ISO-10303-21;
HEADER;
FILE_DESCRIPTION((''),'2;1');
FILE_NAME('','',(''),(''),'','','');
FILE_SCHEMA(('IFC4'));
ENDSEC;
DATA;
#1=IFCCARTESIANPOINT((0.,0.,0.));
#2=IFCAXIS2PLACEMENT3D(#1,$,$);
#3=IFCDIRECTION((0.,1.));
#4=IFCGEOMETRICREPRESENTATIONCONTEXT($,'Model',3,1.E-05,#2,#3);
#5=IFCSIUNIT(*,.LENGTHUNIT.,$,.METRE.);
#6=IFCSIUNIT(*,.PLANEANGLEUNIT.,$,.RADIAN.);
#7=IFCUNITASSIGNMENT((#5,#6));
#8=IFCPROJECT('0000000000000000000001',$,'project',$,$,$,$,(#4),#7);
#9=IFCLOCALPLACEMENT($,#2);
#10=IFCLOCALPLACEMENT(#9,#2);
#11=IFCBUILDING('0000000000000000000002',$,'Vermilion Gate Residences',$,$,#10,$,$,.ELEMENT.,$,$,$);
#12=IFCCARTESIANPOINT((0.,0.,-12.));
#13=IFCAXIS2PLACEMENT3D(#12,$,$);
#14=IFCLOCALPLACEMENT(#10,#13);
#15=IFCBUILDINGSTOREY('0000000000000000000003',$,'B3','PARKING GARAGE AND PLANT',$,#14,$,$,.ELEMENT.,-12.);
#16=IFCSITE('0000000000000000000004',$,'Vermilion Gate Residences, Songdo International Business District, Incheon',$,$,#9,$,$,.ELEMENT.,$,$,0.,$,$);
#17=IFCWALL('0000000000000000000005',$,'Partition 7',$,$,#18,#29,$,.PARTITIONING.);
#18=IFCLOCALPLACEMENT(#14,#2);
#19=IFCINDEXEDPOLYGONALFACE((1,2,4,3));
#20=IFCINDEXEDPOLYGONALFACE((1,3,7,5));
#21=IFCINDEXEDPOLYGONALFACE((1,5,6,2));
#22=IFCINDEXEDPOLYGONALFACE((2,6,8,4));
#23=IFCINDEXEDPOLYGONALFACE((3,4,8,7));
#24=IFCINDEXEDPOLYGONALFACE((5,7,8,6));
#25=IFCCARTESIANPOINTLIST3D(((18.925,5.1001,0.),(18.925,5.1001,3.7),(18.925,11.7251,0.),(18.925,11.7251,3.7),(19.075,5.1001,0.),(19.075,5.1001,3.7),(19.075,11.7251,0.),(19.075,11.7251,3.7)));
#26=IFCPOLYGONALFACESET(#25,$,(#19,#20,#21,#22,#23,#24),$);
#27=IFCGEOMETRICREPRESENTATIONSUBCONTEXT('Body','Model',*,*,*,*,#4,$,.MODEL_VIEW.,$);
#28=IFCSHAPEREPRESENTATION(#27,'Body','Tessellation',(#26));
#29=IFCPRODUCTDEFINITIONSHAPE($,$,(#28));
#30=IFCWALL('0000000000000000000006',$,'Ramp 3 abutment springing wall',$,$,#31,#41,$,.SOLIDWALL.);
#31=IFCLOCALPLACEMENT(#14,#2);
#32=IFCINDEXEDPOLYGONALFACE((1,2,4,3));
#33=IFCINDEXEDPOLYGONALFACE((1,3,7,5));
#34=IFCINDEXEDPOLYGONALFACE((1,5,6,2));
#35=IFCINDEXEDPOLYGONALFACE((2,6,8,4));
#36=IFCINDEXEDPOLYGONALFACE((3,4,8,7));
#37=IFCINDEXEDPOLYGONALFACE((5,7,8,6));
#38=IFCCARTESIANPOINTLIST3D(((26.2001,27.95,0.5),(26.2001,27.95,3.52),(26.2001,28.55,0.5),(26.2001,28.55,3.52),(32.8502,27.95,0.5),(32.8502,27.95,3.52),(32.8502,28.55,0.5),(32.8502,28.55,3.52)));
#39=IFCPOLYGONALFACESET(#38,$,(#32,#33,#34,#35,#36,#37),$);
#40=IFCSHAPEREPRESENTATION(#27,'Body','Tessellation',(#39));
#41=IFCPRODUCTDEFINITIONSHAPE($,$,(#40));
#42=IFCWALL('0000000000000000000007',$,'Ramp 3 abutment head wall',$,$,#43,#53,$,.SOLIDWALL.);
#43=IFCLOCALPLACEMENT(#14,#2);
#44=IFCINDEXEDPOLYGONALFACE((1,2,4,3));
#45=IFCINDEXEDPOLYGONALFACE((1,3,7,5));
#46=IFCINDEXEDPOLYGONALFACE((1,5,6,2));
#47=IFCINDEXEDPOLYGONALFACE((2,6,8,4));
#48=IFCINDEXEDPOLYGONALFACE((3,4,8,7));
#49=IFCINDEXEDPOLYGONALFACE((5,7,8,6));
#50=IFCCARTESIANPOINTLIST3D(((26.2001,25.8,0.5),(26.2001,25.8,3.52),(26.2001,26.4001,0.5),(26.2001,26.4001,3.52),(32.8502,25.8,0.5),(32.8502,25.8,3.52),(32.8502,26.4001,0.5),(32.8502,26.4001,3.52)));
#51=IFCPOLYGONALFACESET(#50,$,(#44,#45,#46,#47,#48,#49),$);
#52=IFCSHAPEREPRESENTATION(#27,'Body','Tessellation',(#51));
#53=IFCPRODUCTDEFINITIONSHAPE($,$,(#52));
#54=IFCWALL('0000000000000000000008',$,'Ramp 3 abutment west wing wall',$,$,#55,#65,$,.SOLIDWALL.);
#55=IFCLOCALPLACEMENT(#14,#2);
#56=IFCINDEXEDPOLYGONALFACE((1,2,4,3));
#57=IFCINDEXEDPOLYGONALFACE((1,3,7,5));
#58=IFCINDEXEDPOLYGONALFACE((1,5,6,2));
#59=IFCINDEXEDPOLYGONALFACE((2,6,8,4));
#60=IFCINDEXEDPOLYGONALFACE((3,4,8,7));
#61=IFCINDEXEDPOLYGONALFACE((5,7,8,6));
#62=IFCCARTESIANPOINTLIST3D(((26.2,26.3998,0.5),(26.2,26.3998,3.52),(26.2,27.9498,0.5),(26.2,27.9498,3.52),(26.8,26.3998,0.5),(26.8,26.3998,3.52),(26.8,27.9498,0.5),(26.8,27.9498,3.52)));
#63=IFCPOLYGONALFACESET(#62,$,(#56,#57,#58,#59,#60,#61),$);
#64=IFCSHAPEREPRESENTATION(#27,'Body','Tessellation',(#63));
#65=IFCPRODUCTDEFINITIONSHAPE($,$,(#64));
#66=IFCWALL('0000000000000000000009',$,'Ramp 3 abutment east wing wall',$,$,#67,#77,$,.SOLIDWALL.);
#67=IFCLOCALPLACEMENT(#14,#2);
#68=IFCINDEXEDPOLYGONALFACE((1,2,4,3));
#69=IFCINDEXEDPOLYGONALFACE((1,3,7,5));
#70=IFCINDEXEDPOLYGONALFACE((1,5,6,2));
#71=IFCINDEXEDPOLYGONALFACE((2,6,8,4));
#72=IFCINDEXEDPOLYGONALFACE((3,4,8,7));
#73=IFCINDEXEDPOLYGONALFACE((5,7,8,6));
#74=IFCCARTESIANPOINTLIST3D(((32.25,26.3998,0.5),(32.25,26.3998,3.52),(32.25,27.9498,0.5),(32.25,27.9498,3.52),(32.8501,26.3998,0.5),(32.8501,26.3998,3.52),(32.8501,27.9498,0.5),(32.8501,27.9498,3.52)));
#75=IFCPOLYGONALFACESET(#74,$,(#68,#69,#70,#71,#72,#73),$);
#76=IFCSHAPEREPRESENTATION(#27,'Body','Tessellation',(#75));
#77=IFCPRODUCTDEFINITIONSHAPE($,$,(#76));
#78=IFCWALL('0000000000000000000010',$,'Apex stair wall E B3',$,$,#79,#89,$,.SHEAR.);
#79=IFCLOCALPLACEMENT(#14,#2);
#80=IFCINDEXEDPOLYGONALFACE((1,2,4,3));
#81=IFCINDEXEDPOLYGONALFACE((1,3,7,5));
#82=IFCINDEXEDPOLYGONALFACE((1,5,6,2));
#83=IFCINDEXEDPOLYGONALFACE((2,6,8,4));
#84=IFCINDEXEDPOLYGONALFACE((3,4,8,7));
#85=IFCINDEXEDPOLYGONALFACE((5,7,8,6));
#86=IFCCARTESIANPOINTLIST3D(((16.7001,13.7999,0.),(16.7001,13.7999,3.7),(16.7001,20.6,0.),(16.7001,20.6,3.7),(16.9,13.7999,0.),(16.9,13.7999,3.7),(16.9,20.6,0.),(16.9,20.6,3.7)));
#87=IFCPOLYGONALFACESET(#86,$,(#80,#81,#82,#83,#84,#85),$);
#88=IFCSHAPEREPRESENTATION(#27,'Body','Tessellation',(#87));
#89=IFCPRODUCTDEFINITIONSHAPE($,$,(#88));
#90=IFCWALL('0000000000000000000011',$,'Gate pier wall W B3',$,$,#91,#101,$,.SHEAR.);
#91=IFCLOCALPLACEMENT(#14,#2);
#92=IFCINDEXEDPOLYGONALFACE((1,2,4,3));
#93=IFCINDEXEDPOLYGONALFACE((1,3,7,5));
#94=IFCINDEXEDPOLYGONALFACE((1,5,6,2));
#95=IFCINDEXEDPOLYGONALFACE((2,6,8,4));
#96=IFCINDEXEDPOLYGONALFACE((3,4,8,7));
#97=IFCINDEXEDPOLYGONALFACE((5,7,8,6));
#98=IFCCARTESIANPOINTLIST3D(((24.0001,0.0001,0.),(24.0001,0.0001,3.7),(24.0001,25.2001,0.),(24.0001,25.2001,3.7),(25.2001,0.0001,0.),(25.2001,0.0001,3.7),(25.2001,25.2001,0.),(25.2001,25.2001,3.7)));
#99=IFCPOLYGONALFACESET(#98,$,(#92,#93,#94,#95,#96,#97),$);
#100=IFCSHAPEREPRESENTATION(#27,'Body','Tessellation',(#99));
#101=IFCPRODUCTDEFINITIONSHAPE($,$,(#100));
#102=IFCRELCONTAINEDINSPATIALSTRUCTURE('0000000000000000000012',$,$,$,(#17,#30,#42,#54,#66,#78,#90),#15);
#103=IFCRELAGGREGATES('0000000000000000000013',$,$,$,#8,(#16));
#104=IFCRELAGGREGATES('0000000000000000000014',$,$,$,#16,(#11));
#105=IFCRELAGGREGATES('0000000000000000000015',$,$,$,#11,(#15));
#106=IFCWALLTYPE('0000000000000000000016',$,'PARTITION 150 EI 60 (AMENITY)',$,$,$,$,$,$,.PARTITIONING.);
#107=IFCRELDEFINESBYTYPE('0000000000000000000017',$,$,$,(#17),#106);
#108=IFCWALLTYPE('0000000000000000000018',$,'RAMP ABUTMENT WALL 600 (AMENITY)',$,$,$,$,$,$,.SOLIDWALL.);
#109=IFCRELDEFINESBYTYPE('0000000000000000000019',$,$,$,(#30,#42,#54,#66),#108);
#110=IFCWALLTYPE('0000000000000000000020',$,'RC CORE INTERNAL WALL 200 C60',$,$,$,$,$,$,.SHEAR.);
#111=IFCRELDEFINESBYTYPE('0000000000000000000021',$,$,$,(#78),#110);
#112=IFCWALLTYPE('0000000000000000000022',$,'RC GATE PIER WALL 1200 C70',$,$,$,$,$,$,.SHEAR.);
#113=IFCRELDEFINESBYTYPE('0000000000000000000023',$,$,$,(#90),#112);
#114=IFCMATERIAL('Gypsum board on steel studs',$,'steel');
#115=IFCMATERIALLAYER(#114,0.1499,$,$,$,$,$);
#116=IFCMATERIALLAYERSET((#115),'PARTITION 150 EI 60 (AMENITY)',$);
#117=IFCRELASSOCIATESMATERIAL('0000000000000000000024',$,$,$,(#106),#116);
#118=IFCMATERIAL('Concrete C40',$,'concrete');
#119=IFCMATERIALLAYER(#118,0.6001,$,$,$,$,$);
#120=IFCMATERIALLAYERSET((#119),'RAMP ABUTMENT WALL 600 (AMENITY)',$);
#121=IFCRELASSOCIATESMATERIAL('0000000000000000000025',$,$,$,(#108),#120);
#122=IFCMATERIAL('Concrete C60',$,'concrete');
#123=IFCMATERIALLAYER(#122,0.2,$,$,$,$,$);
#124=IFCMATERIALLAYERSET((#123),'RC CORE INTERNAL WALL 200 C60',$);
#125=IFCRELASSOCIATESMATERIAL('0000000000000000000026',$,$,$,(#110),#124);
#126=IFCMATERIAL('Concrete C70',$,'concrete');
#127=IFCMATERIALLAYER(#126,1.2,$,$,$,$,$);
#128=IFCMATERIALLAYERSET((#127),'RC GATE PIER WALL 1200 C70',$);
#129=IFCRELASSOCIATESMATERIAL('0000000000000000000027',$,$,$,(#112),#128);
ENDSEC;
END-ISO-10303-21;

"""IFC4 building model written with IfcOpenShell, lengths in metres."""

from ifc_helpers import new_model, si_unit, direction, frame, frame_2d, origin, place, context, subcontext, project, spatial, rectangle, extrude, material, layer, layer_set, type_object, element, save


model = new_model("IFC4")

# Units and contexts
model_context = context("Model", 3, precision=1e-05, world=origin(), true_north=direction((0.0, 1.0)))
body_context = subcontext(model_context, "Body", "Model", "MODEL_VIEW")
ifc_project = project(units=[si_unit("LENGTHUNIT", "METRE"), si_unit("PLANEANGLEUNIT", "RADIAN")], contexts=[model_context])

# Site, building, storey
site_placement = place(None, origin())
site = spatial("IfcSite", under=ifc_project, at=site_placement, Name="Vermilion Gate Residences, Songdo International Business District, Incheon", CompositionType="ELEMENT", RefElevation=0.0)
building_placement = place(site_placement, origin())
building = spatial("IfcBuilding", under=site, at=building_placement, Name="Vermilion Gate Residences", CompositionType="ELEMENT")
storey_placement = place(building_placement, frame((0.0, 0.0, -12.0)))
storey = spatial("IfcBuildingStorey", under=building, at=storey_placement, Name="B3", Description="PARKING GARAGE AND PLANT", CompositionType="ELEMENT", Elevation=-12.0)

# Walls
ifc_material_1 = material(Name="Gypsum board on steel studs", Category="steel")
ifc_layer_1 = layer(ifc_material_1, 0.1499)
ifc_layer_set_1 = layer_set([ifc_layer_1], Name="PARTITION 150 EI 60 (AMENITY)")
wall_type_1 = type_object("IfcWallType", Name="PARTITION 150 EI 60 (AMENITY)", PredefinedType="PARTITIONING", material=ifc_layer_set_1)
wall_1_placement = place(storey_placement, frame((19.0, 5.1001, 0.0), z_axis=(0.0, 0.0, 1.0), x_axis=(0.0, 1.0, 0.0)))
element("IfcWall", 1, at=wall_1_placement, inside=storey, type_object=wall_type_1, Name="Partition 7", PredefinedType="PARTITIONING", context=body_context, shape_type="SweptSolid", body=[
    extrude(rectangle(XDim=6.625, YDim=0.1499, at=frame_2d((3.3125, 0.0))), origin(), (0.0, 0.0, 1.0), 3.7),
])
ifc_material_2 = material(Name="Concrete C40", Category="concrete")
ifc_layer_2 = layer(ifc_material_2, 0.6001)
ifc_layer_set_2 = layer_set([ifc_layer_2], Name="RAMP ABUTMENT WALL 600 (AMENITY)")
wall_type_2 = type_object("IfcWallType", Name="RAMP ABUTMENT WALL 600 (AMENITY)", PredefinedType="SOLIDWALL", material=ifc_layer_set_2)
for number, where, z_axis, x_axis, name in (
    (2, (26.2, 28.25, 0.5), (0.0, 0.0, 1.0), (1.0, 0.0, 0.0), "Ramp 3 abutment springing wall"),
    (3, (26.2, 26.1001, 0.5), (0.0, 0.0, 1.0), (1.0, 0.0, 0.0), "Ramp 3 abutment head wall"),
):
    element("IfcWall", number, at=place(storey_placement, frame(where, z_axis=z_axis, x_axis=x_axis)), inside=storey, type_object=wall_type_2, Name=name, PredefinedType="SOLIDWALL", context=body_context, shape_type="SweptSolid", body=[
        extrude(rectangle(XDim=6.6501, YDim=0.6001, at=frame_2d((3.3252, 0.0))), origin(), (0.0, 0.0, 1.0), 3.02),
    ])
for number, where, z_axis, x_axis, name in (
    (4, (26.5, 26.3999, 0.5), (0.0, 0.0, 1.0), (0.0, 1.0, 0.0), "Ramp 3 abutment west wing wall"),
    (5, (32.55, 26.3999, 0.5), (0.0, 0.0, 1.0), (0.0, 1.0, 0.0), "Ramp 3 abutment east wing wall"),
):
    element("IfcWall", number, at=place(storey_placement, frame(where, z_axis=z_axis, x_axis=x_axis)), inside=storey, type_object=wall_type_2, Name=name, PredefinedType="SOLIDWALL", context=body_context, shape_type="SweptSolid", body=[
        extrude(rectangle(XDim=1.55, YDim=0.6001, at=frame_2d((0.7749, 0.0))), origin(), (0.0, 0.0, 1.0), 3.02),
    ])
ifc_material_3 = material(Name="Concrete C60", Category="concrete")
ifc_layer_3 = layer(ifc_material_3, 0.2)
ifc_layer_set_3 = layer_set([ifc_layer_3], Name="RC CORE INTERNAL WALL 200 C60")
wall_type_3 = type_object("IfcWallType", Name="RC CORE INTERNAL WALL 200 C60", PredefinedType="SHEAR", material=ifc_layer_set_3)
wall_2_placement = place(storey_placement, frame((16.8, 13.8, 0.0), z_axis=(0.0, 0.0, 1.0), x_axis=(0.0, 1.0, 0.0)))
element("IfcWall", 6, at=wall_2_placement, inside=storey, type_object=wall_type_3, Name="Apex stair wall E B3", PredefinedType="SHEAR", context=body_context, shape_type="SweptSolid", body=[
    extrude(rectangle(XDim=6.8, YDim=0.2, at=frame_2d((3.3999, 0.0))), origin(), (0.0, 0.0, 1.0), 3.7),
])
ifc_material_4 = material(Name="Concrete C70", Category="concrete")
ifc_layer_4 = layer(ifc_material_4, 1.2)
ifc_layer_set_4 = layer_set([ifc_layer_4], Name="RC GATE PIER WALL 1200 C70")
wall_type_4 = type_object("IfcWallType", Name="RC GATE PIER WALL 1200 C70", PredefinedType="SHEAR", material=ifc_layer_set_4)
wall_3_placement = place(storey_placement, frame((24.6001, 0.0, 0.0), z_axis=(0.0, 0.0, 1.0), x_axis=(0.0, 1.0, 0.0)))
element("IfcWall", 7, at=wall_3_placement, inside=storey, type_object=wall_type_4, Name="Gate pier wall W B3", PredefinedType="SHEAR", context=body_context, shape_type="SweptSolid", body=[
    extrude(rectangle(XDim=25.2, YDim=1.2, at=frame_2d((12.6001, 0.0))), origin(), (0.0, 0.0, 1.0), 3.7),
])

save(model, "model.ifc")
